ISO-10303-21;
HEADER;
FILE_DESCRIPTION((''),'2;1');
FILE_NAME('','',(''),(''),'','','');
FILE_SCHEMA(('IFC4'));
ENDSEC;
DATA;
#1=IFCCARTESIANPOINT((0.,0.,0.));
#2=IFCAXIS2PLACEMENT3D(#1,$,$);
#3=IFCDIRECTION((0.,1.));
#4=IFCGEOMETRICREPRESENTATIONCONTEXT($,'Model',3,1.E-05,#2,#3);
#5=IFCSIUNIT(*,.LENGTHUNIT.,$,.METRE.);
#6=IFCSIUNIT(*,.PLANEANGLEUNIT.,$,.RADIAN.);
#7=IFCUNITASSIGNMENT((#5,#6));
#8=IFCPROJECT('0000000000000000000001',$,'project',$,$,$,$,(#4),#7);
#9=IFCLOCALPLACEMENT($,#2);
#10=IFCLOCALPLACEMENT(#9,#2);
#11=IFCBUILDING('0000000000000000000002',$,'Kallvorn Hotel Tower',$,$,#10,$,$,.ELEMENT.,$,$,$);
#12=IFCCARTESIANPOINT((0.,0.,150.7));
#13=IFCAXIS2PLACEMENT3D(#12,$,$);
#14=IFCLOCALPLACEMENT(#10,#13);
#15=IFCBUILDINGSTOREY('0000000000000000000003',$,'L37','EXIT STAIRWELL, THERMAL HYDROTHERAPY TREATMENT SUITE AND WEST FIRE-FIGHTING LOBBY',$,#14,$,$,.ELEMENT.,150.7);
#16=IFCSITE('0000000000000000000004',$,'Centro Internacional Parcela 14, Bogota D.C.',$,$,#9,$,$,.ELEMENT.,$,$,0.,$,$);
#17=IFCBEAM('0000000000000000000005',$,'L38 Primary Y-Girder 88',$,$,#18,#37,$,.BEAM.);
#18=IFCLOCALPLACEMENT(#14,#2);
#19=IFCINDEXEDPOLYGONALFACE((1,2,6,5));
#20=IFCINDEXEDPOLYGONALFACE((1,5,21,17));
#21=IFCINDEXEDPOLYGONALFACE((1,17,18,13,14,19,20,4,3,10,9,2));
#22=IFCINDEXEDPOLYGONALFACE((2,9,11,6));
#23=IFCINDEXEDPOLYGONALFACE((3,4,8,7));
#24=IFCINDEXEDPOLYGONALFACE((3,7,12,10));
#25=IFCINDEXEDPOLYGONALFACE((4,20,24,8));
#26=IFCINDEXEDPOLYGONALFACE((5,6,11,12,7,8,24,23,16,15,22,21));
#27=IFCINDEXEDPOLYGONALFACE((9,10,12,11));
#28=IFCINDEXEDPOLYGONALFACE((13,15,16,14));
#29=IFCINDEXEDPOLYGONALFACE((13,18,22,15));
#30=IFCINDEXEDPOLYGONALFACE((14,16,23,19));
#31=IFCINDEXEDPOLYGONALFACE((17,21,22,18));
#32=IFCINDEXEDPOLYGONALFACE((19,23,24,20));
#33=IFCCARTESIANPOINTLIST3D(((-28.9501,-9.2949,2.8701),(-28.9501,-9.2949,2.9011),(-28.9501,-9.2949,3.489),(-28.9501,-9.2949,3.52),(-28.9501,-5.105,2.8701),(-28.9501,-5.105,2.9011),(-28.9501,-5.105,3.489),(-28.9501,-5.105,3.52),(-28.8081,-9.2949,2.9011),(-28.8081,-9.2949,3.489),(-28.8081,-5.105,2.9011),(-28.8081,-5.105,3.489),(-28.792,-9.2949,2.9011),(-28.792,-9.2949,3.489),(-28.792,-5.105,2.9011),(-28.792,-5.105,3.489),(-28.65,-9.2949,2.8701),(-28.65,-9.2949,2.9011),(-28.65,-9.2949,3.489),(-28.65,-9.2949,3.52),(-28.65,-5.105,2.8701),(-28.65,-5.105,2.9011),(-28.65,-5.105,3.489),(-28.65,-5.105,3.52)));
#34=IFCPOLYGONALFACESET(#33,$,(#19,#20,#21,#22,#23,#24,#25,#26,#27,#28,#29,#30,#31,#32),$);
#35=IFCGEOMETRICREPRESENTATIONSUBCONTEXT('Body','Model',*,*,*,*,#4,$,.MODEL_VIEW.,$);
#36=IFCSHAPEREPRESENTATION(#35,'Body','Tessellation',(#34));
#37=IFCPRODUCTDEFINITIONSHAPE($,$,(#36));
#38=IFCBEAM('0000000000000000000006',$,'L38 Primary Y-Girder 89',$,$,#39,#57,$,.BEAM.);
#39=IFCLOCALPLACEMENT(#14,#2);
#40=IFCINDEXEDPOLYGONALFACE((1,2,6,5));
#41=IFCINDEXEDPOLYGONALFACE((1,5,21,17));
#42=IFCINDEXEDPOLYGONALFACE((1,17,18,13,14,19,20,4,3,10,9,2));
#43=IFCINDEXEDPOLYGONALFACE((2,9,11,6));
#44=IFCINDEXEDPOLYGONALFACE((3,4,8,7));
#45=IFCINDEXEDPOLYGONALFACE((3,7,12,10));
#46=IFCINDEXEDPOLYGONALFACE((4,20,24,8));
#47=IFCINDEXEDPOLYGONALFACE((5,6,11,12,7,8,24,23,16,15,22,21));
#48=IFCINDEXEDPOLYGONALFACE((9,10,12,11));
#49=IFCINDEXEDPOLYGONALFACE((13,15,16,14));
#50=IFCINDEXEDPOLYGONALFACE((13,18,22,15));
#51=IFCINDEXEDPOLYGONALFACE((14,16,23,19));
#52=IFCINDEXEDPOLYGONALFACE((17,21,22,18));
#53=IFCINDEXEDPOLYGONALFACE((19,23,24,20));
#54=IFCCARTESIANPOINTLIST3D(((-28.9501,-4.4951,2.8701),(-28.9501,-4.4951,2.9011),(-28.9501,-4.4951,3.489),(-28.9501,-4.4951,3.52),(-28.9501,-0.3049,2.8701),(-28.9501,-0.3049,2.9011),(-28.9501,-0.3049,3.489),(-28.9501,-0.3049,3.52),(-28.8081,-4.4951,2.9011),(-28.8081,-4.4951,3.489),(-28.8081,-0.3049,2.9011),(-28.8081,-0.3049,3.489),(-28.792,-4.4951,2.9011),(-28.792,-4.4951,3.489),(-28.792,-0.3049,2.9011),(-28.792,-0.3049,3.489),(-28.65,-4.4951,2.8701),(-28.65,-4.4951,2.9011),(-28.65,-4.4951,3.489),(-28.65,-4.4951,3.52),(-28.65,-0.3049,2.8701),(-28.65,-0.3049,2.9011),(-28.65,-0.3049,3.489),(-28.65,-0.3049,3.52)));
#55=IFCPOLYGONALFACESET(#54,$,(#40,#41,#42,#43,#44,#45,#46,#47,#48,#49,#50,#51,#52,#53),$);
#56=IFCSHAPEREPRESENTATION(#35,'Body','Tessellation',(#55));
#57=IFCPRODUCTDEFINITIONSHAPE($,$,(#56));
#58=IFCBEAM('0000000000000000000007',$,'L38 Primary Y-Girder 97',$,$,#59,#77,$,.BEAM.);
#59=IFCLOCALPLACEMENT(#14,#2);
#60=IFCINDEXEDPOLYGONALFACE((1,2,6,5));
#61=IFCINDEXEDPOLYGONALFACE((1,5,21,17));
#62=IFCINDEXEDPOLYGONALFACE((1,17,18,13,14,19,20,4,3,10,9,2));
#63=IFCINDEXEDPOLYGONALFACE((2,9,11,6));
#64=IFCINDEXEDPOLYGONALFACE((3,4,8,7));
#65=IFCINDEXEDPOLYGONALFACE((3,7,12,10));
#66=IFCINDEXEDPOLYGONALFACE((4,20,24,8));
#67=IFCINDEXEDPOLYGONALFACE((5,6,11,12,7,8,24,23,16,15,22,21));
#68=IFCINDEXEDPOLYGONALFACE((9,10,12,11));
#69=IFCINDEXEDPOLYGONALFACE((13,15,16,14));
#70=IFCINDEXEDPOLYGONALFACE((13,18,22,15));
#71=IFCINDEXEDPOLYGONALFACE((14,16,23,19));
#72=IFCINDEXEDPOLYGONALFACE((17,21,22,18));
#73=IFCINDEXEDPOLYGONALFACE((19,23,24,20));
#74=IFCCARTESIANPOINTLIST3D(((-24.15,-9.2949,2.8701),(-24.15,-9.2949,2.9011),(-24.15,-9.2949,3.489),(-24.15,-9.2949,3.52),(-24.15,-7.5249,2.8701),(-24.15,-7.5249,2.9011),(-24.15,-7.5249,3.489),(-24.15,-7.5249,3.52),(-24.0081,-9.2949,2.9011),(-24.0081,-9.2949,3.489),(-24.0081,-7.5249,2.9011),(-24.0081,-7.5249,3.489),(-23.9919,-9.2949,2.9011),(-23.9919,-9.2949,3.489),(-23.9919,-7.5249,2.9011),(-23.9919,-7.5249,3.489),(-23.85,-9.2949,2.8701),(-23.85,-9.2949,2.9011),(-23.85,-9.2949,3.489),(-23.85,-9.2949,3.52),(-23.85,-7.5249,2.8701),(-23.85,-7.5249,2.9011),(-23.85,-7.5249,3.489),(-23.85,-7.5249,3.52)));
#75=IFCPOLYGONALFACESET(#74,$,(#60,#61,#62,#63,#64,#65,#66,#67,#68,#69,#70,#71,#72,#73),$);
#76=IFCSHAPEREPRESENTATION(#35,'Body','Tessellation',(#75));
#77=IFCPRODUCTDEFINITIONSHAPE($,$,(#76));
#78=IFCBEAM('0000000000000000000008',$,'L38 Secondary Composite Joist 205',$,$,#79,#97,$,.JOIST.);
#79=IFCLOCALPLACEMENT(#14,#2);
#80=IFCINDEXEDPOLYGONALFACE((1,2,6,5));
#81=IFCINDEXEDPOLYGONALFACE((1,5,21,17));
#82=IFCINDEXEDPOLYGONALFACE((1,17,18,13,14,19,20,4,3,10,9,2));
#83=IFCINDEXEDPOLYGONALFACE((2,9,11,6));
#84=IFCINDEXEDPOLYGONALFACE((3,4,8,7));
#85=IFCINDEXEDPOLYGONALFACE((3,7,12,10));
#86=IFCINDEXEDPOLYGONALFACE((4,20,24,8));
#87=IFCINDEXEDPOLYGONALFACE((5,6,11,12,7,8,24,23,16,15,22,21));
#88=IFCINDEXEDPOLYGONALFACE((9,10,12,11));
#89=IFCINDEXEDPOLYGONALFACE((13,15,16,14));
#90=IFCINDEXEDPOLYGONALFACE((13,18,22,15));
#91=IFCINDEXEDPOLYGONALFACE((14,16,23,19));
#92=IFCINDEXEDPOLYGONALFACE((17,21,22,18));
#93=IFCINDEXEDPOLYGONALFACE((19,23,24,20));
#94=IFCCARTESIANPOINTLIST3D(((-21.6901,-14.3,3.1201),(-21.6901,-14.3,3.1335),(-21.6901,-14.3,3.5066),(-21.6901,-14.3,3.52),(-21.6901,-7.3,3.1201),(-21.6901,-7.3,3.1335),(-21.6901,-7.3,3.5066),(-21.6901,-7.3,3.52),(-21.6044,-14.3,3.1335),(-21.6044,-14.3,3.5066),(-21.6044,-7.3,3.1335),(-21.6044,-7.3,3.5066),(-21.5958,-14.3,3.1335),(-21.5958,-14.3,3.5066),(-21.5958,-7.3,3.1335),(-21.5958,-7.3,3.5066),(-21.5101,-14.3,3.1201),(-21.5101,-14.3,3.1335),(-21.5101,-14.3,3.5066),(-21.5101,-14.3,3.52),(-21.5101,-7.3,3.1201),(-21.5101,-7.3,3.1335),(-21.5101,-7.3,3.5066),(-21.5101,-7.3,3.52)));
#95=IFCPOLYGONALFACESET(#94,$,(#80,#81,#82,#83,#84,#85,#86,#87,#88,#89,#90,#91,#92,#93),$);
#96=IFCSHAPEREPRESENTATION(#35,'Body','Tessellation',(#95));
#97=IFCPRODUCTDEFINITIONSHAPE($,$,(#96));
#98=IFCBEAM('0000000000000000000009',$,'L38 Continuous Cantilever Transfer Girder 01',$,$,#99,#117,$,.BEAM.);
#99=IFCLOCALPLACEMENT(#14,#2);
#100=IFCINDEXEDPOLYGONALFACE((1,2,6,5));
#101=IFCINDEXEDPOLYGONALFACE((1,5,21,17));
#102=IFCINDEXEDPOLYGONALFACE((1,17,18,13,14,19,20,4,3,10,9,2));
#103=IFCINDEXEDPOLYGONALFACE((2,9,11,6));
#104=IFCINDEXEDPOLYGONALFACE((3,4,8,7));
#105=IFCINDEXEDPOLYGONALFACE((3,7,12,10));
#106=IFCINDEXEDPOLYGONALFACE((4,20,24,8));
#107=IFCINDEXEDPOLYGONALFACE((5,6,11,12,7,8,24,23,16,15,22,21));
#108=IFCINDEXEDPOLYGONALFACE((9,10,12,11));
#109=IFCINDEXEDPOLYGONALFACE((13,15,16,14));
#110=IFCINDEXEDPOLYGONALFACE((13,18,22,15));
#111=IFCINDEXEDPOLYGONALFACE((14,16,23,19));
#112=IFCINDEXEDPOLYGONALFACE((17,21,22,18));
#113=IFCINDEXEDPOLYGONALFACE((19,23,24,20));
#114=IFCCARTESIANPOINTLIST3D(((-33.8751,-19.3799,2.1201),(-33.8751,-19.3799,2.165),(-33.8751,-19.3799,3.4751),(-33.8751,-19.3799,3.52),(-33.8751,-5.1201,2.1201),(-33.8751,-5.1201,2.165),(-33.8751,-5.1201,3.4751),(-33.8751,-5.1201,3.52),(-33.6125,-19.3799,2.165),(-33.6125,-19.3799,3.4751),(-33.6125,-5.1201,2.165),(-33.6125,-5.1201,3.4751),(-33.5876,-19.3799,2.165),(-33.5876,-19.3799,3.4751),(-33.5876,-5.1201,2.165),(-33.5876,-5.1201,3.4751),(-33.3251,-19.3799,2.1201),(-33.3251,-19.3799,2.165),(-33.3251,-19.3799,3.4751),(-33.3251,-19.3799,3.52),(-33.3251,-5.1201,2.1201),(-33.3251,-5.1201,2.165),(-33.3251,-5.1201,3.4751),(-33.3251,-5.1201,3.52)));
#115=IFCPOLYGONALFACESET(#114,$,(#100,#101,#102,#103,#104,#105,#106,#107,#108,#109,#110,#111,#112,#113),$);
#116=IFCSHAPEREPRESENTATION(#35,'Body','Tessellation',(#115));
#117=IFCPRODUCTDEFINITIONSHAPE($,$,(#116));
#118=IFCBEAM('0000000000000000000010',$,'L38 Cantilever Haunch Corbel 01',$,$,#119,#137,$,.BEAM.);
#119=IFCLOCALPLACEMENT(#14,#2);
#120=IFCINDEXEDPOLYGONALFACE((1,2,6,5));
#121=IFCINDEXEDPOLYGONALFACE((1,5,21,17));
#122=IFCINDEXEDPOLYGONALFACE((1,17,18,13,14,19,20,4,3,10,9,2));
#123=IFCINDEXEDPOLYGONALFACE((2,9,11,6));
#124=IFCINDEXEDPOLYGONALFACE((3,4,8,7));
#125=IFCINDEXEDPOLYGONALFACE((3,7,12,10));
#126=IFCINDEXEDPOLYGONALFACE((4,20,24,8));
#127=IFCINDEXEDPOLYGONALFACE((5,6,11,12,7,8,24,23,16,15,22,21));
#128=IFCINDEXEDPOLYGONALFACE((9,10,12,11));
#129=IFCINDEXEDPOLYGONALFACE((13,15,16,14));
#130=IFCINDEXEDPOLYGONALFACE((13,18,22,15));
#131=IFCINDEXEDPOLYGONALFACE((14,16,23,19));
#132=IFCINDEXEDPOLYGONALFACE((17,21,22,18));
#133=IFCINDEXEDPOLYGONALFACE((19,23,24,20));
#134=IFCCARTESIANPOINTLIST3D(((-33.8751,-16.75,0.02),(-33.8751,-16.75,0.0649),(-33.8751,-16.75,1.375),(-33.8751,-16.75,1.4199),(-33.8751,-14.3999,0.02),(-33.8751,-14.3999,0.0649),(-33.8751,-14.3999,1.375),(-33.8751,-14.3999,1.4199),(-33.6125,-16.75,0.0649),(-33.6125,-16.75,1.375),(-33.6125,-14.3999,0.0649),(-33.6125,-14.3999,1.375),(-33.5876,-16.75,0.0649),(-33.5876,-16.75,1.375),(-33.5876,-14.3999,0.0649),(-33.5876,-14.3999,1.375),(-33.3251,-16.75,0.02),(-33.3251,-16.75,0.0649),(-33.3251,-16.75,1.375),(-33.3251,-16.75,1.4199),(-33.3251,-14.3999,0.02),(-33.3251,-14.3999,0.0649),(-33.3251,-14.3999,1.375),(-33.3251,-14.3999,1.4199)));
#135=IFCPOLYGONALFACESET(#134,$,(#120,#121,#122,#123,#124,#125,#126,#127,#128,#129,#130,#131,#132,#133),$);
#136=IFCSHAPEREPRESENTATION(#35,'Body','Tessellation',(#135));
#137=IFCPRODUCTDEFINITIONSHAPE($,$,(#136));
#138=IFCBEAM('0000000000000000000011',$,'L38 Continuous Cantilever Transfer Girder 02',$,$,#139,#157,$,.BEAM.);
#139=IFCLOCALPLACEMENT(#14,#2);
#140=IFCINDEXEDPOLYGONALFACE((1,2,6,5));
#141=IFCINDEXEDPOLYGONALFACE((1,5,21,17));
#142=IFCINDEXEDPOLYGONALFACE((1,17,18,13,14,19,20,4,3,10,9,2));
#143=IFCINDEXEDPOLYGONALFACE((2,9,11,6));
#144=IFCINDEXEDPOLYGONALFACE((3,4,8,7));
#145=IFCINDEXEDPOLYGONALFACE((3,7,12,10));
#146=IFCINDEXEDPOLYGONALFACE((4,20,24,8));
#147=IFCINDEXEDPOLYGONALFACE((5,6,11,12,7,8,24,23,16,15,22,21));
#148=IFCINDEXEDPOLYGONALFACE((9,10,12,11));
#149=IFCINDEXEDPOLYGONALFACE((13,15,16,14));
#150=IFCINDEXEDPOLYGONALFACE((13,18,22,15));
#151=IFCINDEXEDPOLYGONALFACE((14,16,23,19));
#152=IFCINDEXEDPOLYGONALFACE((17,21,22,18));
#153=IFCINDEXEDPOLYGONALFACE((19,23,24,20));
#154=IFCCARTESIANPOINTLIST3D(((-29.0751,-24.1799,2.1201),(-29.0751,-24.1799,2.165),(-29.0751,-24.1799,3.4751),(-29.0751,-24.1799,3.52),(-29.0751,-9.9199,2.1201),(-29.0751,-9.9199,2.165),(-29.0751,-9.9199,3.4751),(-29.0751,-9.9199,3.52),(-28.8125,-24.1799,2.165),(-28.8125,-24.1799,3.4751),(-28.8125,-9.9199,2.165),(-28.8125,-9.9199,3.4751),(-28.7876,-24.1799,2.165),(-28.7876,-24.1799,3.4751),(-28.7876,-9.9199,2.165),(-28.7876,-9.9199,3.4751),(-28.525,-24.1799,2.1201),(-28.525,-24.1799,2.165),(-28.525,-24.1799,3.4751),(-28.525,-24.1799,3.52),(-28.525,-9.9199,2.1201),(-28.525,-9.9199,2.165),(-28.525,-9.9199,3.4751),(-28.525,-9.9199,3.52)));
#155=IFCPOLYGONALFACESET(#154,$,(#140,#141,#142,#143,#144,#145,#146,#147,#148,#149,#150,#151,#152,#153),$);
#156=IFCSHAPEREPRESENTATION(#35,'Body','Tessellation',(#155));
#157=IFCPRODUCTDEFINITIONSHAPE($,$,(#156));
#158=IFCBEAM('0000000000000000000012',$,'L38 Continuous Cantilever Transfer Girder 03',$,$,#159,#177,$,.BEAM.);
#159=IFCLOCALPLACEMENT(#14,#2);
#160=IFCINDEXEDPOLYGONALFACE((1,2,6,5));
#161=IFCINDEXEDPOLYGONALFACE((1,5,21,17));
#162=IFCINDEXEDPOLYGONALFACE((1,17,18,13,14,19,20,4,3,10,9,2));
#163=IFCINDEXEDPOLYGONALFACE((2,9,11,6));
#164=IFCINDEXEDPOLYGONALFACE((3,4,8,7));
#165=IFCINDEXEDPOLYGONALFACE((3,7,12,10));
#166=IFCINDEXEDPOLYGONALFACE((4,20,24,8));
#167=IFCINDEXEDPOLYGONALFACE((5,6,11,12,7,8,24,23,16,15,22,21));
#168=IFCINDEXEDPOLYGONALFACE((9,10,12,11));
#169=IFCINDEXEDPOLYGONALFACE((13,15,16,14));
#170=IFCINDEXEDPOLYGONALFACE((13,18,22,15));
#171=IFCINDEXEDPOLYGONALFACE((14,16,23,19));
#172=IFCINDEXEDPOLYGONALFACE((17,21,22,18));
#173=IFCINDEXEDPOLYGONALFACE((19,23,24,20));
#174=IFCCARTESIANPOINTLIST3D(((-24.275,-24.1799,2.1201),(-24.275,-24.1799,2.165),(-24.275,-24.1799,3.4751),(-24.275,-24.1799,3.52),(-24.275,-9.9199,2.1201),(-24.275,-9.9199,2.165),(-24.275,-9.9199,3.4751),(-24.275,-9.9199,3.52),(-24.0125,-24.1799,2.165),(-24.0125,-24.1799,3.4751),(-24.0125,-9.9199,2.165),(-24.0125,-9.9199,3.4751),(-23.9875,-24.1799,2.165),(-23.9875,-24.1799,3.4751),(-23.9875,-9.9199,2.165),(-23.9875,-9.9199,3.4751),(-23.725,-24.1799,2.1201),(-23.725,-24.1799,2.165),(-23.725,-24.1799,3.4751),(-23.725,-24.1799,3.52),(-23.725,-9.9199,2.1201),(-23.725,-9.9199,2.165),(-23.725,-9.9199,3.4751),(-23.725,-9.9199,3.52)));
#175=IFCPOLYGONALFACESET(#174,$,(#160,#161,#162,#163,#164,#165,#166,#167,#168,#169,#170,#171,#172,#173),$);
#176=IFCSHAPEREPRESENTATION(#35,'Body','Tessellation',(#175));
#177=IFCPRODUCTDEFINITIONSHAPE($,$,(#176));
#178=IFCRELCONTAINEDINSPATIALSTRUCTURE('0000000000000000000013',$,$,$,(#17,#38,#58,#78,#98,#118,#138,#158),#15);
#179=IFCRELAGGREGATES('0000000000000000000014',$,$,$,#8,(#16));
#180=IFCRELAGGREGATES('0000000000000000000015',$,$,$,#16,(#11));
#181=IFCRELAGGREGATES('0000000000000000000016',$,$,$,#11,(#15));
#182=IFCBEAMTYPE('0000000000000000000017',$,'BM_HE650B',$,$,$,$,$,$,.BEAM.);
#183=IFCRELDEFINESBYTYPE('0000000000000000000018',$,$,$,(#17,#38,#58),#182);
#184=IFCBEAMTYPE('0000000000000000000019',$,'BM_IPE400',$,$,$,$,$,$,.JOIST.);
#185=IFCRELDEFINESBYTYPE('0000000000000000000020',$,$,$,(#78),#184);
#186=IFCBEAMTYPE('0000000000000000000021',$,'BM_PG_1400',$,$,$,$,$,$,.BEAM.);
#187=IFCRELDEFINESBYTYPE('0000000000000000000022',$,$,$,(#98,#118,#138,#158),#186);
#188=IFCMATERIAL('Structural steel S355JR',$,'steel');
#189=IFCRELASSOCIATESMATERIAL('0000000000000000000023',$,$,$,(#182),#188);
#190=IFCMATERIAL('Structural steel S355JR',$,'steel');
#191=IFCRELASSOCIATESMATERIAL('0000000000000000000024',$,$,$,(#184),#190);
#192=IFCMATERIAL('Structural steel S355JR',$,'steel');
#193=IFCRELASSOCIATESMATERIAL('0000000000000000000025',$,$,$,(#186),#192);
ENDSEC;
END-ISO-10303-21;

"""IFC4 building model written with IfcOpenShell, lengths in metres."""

from ifc_helpers import new_model, si_unit, direction, frame, origin, origin_2d, place, context, subcontext, project, spatial, i_section, extrude, material, material_profile, profile_set, type_object, element, save


model = new_model("IFC4")

# Units and contexts
model_context = context("Model", 3, precision=1e-05, world=origin(), true_north=direction((0.0, 1.0)))
body_context = subcontext(model_context, "Body", "Model", "MODEL_VIEW")
ifc_project = project(units=[si_unit("LENGTHUNIT", "METRE"), si_unit("PLANEANGLEUNIT", "RADIAN")], contexts=[model_context])

# Site, building, storey
site_placement = place(None, origin())
site = spatial("IfcSite", under=ifc_project, at=site_placement, Name="Centro Internacional Parcela 14, Bogota D.C.", CompositionType="ELEMENT", RefElevation=0.0)
building_placement = place(site_placement, origin())
building = spatial("IfcBuilding", under=site, at=building_placement, Name="Kallvorn Hotel Tower", CompositionType="ELEMENT")
storey_placement = place(building_placement, frame((0.0, 0.0, 150.7)))
storey = spatial("IfcBuildingStorey", under=building, at=storey_placement, Name="L37", Description="EXIT STAIRWELL, THERMAL HYDROTHERAPY TREATMENT SUITE AND WEST FIRE-FIGHTING LOBBY", CompositionType="ELEMENT", Elevation=150.7)

# Beams
ifc_material_1 = material(Name="Structural steel S355JR", Category="steel")
ifc_material_profile_1 = material_profile(ifc_material_1, i_section(OverallWidth=0.3, OverallDepth=0.6499, WebThickness=0.0161, FlangeThickness=0.031, at=origin_2d()), Name="HE 650 B")
ifc_profile_set_1 = profile_set([ifc_material_profile_1], Name="Structural steel S355JR")
beam_type_1 = type_object("IfcBeamType", Name="BM_HE650B", PredefinedType="BEAM", material=ifc_profile_set_1)
beam_1_placement = place(storey_placement, frame((-28.8, -9.2949, 3.1951), z_axis=(0.0, 1.0, 0.0), x_axis=(-1.0, 0.0, 0.0)))
element("IfcBeam", 1, at=beam_1_placement, inside=storey, type_object=beam_type_1, Name="L38 Primary Y-Girder 88", PredefinedType="BEAM", context=body_context, shape_type="SweptSolid", body=[
    extrude(i_section(OverallWidth=0.3, OverallDepth=0.6499, WebThickness=0.0161, FlangeThickness=0.031, at=origin_2d()), origin(), (0.0, 0.0, 1.0), 4.1899),
])
beam_2_placement = place(storey_placement, frame((-28.8, -4.4951, 3.1951), z_axis=(0.0, 1.0, 0.0), x_axis=(-1.0, 0.0, 0.0)))
element("IfcBeam", 2, at=beam_2_placement, inside=storey, type_object=beam_type_1, Name="L38 Primary Y-Girder 89", PredefinedType="BEAM", context=body_context, shape_type="SweptSolid", body=[
    extrude(i_section(OverallWidth=0.3, OverallDepth=0.6499, WebThickness=0.0161, FlangeThickness=0.031, at=origin_2d()), origin(), (0.0, 0.0, 1.0), 4.1902),
])
beam_3_placement = place(storey_placement, frame((-24.0, -9.2949, 3.1951), z_axis=(0.0, 1.0, 0.0), x_axis=(-1.0, 0.0, 0.0)))
element("IfcBeam", 3, at=beam_3_placement, inside=storey, type_object=beam_type_1, Name="L38 Primary Y-Girder 97", PredefinedType="BEAM", context=body_context, shape_type="SweptSolid", body=[
    extrude(i_section(OverallWidth=0.3, OverallDepth=0.6499, WebThickness=0.0161, FlangeThickness=0.031, at=origin_2d()), origin(), (0.0, 0.0, 1.0), 1.77),
])
ifc_material_2 = material(Name="Structural steel S355JR", Category="steel")
ifc_material_profile_2 = material_profile(ifc_material_2, i_section(OverallWidth=0.1799, OverallDepth=0.3999, WebThickness=0.0085, FlangeThickness=0.0134, at=origin_2d()), Name="IPE 400")
ifc_profile_set_2 = profile_set([ifc_material_profile_2], Name="Structural steel S355JR")
beam_type_2 = type_object("IfcBeamType", Name="BM_IPE400", PredefinedType="JOIST", material=ifc_profile_set_2)
beam_4_placement = place(storey_placement, frame((-21.6001, -14.3, 3.3201), z_axis=(0.0, 1.0, 0.0), x_axis=(-1.0, 0.0, 0.0)))
element("IfcBeam", 4, at=beam_4_placement, inside=storey, type_object=beam_type_2, Name="L38 Secondary Composite Joist 205", PredefinedType="JOIST", context=body_context, shape_type="SweptSolid", body=[
    extrude(i_section(OverallWidth=0.1799, OverallDepth=0.3999, WebThickness=0.0085, FlangeThickness=0.0134, at=origin_2d()), origin(), (0.0, 0.0, 1.0), 7.0),
])
ifc_material_3 = material(Name="Structural steel S355JR", Category="steel")
ifc_material_profile_3 = material_profile(ifc_material_3, i_section(OverallWidth=0.55, OverallDepth=1.3999, WebThickness=0.0249, FlangeThickness=0.0449, at=origin_2d()), Name="PG 1400x550x25x45")
ifc_profile_set_3 = profile_set([ifc_material_profile_3], Name="Structural steel S355JR")
beam_type_3 = type_object("IfcBeamType", Name="BM_PG_1400", PredefinedType="BEAM", material=ifc_profile_set_3)
beam_5_placement = place(storey_placement, frame((-33.6001, -5.1201, 2.8201), z_axis=(0.0, -1.0, 0.0), x_axis=(1.0, 0.0, 0.0)))
element("IfcBeam", 5, at=beam_5_placement, inside=storey, type_object=beam_type_3, Name="L38 Continuous Cantilever Transfer Girder 01", PredefinedType="BEAM", context=body_context, shape_type="SweptSolid", body=[
    extrude(i_section(OverallWidth=0.55, OverallDepth=1.3999, WebThickness=0.0249, FlangeThickness=0.0449, at=origin_2d()), origin(), (0.0, 0.0, 1.0), 14.2598),
])
beam_6_placement = place(storey_placement, frame((-33.6001, -14.3999, 0.72), z_axis=(0.0, -1.0, 0.0), x_axis=(1.0, 0.0, 0.0)))
element("IfcBeam", 6, at=beam_6_placement, inside=storey, type_object=beam_type_3, Name="L38 Cantilever Haunch Corbel 01", PredefinedType="BEAM", context=body_context, shape_type="SweptSolid", body=[
    extrude(i_section(OverallWidth=0.55, OverallDepth=1.3999, WebThickness=0.0249, FlangeThickness=0.0449, at=origin_2d()), origin(), (0.0, 0.0, 1.0), 2.3501),
])
for number, where, z_axis, x_axis, name in (
    (7, (-28.8, -9.9199, 2.8201), (0.0, -1.0, 0.0), (1.0, 0.0, 0.0), "L38 Continuous Cantilever Transfer Girder 02"),
    (8, (-24.0, -9.9199, 2.8201), (0.0, -1.0, 0.0), (1.0, 0.0, 0.0), "L38 Continuous Cantilever Transfer Girder 03"),
):
    element("IfcBeam", number, at=place(storey_placement, frame(where, z_axis=z_axis, x_axis=x_axis)), inside=storey, type_object=beam_type_3, Name=name, PredefinedType="BEAM", context=body_context, shape_type="SweptSolid", body=[
        extrude(i_section(OverallWidth=0.55, OverallDepth=1.3999, WebThickness=0.0249, FlangeThickness=0.0449, at=origin_2d()), origin(), (0.0, 0.0, 1.0), 14.26),
    ])

save(model, "model.ifc")
